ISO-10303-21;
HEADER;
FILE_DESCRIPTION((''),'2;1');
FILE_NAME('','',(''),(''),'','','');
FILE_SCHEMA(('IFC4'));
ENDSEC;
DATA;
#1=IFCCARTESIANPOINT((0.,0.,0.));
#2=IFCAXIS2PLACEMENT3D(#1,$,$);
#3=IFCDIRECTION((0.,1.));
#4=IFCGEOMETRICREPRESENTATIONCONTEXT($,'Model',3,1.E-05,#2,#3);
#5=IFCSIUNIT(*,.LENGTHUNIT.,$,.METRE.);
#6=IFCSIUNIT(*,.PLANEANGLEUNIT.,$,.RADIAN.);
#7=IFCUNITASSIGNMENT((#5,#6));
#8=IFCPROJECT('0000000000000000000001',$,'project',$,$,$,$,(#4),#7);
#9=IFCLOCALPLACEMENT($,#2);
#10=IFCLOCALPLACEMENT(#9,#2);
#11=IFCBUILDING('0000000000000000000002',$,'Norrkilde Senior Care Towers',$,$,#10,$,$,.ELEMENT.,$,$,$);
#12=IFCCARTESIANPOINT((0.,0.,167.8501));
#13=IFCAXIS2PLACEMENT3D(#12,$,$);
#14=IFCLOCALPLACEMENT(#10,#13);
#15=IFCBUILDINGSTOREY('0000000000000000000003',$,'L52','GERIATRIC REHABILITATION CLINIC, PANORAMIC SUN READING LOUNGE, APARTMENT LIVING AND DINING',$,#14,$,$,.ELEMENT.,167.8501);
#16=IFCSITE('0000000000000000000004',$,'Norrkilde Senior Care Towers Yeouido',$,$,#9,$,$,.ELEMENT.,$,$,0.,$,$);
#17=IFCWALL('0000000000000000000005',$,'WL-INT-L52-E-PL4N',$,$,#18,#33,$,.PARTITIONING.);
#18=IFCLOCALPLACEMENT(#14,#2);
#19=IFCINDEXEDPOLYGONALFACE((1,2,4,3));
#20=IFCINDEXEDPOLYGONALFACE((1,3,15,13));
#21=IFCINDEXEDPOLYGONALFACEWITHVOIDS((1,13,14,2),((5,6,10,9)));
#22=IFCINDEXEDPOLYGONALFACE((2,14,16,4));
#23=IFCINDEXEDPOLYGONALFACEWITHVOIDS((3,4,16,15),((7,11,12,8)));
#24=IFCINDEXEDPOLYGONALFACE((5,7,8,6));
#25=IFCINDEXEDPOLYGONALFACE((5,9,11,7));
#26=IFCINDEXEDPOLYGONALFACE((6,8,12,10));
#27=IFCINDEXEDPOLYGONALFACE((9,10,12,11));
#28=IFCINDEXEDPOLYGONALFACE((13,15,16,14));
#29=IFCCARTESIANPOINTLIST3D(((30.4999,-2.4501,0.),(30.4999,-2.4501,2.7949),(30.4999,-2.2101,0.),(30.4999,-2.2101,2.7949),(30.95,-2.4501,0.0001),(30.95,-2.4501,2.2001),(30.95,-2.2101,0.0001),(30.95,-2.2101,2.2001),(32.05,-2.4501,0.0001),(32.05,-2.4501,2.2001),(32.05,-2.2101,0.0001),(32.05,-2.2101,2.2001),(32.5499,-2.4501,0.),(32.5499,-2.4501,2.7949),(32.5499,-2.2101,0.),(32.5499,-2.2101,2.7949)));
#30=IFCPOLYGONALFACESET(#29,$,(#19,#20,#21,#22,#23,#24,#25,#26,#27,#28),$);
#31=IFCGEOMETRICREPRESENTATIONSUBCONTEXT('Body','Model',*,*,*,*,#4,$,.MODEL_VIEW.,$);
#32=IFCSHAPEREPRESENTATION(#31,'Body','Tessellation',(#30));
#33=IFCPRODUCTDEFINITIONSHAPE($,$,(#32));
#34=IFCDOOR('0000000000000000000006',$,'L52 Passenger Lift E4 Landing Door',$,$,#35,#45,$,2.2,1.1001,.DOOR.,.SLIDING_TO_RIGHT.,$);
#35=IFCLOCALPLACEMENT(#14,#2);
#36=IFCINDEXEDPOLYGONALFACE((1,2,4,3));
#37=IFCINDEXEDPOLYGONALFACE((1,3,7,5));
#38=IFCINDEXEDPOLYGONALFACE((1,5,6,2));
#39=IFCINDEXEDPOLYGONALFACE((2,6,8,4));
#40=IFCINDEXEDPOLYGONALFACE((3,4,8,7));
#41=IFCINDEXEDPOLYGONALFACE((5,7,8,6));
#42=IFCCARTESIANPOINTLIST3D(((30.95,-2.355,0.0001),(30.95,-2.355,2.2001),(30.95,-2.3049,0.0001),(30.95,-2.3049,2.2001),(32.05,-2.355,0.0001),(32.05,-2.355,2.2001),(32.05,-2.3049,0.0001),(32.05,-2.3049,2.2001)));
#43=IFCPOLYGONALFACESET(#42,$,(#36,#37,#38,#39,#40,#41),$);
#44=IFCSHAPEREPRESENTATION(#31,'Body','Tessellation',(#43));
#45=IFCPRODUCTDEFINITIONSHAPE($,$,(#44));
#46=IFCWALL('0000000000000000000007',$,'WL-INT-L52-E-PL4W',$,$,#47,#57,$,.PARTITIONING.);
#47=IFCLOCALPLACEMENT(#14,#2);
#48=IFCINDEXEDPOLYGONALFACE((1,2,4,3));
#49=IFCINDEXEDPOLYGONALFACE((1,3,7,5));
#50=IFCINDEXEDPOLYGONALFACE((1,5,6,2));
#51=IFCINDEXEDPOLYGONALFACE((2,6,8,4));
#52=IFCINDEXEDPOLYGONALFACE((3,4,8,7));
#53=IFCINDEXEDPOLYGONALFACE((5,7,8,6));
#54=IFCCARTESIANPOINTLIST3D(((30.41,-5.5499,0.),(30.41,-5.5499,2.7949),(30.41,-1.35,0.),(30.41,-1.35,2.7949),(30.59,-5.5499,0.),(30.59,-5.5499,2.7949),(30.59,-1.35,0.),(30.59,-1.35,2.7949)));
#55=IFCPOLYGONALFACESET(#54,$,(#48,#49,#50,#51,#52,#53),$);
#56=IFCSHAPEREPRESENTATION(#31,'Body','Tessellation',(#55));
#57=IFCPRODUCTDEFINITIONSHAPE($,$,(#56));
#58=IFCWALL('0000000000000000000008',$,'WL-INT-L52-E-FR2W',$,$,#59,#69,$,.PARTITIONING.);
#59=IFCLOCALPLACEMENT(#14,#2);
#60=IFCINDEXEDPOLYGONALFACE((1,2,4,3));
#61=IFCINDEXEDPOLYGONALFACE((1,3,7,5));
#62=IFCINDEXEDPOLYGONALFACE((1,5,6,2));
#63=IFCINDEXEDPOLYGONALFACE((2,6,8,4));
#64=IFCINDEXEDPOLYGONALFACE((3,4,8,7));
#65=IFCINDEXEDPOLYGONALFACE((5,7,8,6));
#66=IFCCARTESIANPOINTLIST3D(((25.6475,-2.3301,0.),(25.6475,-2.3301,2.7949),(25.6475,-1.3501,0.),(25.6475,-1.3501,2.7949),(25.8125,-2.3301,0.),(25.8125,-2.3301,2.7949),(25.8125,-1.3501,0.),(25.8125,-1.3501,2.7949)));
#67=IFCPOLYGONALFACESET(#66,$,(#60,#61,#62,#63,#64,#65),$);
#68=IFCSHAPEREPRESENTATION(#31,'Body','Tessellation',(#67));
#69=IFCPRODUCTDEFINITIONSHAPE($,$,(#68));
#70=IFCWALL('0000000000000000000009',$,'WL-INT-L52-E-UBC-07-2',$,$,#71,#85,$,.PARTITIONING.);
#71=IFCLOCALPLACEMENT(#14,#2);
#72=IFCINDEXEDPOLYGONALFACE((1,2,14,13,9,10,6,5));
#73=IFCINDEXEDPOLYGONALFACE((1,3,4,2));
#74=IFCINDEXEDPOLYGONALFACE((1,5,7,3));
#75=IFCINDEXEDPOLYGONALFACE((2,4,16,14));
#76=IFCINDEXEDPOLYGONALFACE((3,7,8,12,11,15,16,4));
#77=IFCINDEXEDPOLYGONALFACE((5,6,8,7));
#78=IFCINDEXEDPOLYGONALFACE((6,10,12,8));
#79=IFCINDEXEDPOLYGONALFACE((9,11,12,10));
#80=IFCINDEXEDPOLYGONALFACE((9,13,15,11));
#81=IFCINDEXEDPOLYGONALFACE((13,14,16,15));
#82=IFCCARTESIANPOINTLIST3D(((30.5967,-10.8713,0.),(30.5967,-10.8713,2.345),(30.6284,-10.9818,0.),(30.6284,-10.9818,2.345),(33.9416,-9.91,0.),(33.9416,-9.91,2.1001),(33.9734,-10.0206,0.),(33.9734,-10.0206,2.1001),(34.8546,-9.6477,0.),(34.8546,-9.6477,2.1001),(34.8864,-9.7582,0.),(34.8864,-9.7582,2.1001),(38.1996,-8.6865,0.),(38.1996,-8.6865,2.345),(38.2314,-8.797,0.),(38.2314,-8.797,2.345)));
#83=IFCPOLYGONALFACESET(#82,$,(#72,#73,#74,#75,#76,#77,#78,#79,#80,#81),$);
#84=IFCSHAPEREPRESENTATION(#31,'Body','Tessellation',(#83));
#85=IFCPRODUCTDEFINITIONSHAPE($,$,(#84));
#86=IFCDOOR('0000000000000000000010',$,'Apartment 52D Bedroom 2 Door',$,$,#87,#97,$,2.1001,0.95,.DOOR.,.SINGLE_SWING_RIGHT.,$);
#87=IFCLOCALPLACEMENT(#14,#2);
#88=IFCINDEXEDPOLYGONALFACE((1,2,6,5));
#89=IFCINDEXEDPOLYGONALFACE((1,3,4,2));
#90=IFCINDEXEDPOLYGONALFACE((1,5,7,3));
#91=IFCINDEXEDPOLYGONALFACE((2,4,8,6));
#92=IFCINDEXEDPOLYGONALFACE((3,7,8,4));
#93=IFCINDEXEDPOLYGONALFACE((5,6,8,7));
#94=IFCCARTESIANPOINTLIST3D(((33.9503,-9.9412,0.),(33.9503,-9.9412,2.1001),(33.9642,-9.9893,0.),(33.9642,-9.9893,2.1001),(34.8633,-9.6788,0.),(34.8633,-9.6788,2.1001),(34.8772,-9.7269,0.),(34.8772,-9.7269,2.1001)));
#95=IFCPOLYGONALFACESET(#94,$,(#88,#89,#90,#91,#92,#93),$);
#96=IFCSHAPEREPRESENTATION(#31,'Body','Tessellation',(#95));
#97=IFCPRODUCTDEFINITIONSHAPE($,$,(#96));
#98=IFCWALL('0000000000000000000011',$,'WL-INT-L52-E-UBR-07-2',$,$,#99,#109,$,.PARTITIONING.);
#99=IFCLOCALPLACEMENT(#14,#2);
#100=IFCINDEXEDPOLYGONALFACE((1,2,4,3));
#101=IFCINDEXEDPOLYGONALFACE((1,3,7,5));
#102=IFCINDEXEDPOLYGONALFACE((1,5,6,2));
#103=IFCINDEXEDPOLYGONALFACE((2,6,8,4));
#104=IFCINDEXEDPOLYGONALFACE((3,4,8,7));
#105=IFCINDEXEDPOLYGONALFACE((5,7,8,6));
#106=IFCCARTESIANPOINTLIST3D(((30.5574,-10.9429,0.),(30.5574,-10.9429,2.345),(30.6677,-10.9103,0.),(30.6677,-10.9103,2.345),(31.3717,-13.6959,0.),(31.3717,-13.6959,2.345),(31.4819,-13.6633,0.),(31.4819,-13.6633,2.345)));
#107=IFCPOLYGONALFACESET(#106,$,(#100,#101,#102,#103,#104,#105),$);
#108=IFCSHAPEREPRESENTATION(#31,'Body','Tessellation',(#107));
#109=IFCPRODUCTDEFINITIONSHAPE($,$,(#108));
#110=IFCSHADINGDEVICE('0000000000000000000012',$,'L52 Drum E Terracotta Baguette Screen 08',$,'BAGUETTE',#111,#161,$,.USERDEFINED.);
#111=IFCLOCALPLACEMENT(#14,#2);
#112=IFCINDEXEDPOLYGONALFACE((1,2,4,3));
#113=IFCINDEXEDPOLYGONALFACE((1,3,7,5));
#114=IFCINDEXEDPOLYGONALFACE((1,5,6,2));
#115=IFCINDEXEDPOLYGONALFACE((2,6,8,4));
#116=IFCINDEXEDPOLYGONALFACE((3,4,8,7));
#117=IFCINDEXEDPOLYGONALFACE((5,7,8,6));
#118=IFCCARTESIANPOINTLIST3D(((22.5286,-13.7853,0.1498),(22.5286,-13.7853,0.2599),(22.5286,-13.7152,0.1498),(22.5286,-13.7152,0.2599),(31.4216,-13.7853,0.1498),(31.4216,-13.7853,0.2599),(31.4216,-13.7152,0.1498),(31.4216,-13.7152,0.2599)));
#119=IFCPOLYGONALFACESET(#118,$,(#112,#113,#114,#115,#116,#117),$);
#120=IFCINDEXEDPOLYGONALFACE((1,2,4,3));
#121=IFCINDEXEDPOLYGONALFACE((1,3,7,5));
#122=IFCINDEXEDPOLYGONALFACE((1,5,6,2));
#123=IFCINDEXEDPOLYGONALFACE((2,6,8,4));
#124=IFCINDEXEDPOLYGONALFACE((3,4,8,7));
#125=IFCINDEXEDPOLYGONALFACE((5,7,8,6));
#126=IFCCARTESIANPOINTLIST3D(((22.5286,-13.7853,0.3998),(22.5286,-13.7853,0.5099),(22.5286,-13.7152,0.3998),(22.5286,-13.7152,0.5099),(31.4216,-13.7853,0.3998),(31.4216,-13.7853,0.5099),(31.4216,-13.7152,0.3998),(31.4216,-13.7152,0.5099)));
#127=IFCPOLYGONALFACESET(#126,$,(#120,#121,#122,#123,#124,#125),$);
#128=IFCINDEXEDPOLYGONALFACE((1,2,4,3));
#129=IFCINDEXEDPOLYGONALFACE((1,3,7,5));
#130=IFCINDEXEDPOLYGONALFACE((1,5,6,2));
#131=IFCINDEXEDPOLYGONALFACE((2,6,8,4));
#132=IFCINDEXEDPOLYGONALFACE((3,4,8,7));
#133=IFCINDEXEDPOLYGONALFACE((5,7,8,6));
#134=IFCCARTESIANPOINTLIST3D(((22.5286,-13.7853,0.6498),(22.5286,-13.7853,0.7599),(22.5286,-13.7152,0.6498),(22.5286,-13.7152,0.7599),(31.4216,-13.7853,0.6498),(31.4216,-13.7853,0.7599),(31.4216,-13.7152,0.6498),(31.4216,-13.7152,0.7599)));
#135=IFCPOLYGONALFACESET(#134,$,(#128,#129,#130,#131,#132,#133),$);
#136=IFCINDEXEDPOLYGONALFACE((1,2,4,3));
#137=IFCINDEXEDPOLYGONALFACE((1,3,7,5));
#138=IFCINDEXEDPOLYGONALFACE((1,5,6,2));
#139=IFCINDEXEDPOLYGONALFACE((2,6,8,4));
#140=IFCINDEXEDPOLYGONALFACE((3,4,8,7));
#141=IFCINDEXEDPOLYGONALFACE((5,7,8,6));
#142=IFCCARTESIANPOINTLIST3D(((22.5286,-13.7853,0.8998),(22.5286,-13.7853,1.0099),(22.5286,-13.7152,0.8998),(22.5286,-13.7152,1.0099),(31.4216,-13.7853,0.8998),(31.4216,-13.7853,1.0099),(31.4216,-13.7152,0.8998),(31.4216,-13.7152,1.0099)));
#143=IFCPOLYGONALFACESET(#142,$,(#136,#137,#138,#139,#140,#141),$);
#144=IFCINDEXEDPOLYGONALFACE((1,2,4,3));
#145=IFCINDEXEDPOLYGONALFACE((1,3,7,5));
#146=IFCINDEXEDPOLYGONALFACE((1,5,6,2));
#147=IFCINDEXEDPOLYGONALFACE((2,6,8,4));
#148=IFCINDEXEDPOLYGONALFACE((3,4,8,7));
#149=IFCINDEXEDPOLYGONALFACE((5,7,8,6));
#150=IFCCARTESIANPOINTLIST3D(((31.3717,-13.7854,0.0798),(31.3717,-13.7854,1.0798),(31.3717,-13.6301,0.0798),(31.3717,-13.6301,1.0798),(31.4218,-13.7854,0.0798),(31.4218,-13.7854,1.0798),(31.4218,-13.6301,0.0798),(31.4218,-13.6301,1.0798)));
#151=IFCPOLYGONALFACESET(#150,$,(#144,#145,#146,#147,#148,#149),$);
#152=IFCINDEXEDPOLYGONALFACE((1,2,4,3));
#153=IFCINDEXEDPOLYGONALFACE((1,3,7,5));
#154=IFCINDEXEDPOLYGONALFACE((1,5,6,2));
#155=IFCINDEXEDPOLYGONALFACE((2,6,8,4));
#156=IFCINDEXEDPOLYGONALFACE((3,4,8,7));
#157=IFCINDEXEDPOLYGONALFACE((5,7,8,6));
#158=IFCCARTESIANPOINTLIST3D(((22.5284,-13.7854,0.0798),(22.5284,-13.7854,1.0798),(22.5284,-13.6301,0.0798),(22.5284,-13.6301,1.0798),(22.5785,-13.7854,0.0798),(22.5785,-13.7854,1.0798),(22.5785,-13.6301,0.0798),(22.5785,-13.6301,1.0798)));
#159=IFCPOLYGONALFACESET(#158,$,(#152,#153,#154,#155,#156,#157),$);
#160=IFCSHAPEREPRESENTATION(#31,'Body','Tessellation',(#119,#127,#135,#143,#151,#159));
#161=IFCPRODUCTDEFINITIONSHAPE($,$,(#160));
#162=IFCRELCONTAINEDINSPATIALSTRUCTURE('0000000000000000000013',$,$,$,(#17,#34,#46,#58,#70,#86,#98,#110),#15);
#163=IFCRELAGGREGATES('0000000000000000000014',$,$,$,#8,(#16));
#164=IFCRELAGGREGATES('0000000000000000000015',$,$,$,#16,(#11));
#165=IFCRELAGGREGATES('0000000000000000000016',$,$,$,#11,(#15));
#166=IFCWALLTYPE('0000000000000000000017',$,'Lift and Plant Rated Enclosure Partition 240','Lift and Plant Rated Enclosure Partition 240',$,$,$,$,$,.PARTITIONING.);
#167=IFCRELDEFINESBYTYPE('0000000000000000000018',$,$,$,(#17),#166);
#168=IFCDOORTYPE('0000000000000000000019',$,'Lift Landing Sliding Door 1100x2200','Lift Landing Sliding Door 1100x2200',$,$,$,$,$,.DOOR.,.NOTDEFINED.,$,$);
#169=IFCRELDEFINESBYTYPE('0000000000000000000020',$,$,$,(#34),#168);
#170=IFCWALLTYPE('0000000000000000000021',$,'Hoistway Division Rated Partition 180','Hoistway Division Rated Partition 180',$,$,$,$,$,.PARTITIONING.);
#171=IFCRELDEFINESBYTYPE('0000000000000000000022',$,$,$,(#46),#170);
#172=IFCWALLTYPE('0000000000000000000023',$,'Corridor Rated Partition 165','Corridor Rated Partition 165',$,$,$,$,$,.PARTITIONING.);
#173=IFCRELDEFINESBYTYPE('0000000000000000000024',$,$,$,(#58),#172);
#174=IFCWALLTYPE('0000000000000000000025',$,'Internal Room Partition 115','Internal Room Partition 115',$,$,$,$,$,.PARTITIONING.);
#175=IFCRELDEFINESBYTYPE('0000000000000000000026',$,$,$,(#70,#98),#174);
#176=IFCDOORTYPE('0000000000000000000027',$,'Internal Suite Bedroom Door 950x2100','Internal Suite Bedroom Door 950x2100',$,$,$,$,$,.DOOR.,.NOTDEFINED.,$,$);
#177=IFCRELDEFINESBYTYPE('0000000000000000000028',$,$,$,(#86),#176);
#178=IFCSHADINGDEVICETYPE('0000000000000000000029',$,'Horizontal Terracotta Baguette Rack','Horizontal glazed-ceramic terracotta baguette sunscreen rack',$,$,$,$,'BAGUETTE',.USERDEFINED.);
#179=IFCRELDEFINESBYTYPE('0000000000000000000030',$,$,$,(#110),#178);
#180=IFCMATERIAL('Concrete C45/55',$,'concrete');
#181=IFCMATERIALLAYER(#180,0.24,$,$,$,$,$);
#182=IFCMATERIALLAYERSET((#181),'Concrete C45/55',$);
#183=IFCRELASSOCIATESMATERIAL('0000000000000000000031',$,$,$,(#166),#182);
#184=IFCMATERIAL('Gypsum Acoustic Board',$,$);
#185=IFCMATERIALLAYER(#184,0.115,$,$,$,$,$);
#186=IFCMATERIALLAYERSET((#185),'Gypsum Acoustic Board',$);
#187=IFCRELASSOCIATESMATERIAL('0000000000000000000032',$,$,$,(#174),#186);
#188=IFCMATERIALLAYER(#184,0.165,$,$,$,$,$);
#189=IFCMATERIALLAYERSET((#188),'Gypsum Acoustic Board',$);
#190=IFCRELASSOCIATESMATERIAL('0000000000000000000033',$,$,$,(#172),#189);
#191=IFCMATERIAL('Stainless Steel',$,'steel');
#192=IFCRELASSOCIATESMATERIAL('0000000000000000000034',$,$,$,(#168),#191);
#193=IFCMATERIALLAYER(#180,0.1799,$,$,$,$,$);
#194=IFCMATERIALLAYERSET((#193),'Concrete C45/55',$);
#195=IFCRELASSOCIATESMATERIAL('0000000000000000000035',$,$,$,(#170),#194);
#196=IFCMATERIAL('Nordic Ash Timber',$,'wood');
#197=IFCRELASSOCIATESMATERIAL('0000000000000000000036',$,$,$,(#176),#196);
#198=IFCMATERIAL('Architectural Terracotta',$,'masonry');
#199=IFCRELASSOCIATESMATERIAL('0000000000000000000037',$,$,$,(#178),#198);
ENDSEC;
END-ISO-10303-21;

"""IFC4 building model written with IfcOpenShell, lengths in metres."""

from ifc_helpers import new_model, si_unit, direction, frame, frame_2d, origin, origin_2d, place, context, subcontext, project, spatial, rectangle, extrude, source, transform, mapped, material, layer, layer_set, type_object, type_shapes, element, fill, save


model = new_model("IFC4")

# Units and contexts
model_context = context("Model", 3, precision=1e-05, world=origin(), true_north=direction((0.0, 1.0)))
body_context = subcontext(model_context, "Body", "Model", "MODEL_VIEW")
ifc_project = project(units=[si_unit("LENGTHUNIT", "METRE"), si_unit("PLANEANGLEUNIT", "RADIAN")], contexts=[model_context])

# Site, building, storey
site_placement = place(None, origin())
site = spatial("IfcSite", under=ifc_project, at=site_placement, Name="Norrkilde Senior Care Towers Yeouido", CompositionType="ELEMENT", RefElevation=0.0)
building_placement = place(site_placement, origin())
building = spatial("IfcBuilding", under=site, at=building_placement, Name="Norrkilde Senior Care Towers", CompositionType="ELEMENT")
storey_placement = place(building_placement, frame((0.0, 0.0, 167.8501)))
storey = spatial("IfcBuildingStorey", under=building, at=storey_placement, Name="L52", Description="GERIATRIC REHABILITATION CLINIC, PANORAMIC SUN READING LOUNGE, APARTMENT LIVING AND DINING", CompositionType="ELEMENT", Elevation=167.8501)

# Shared definitions
ifc_material_1 = material(Name="Concrete C45/55", Category="concrete")
ifc_layer_1 = layer(ifc_material_1, 0.24)
ifc_layer_set_1 = layer_set([ifc_layer_1], Name="Concrete C45/55")
wall_type_1 = type_object("IfcWallType", Name="Lift and Plant Rated Enclosure Partition 240", Description="Lift and Plant Rated Enclosure Partition 240", PredefinedType="PARTITIONING", material=ifc_layer_set_1)
ifc_material_2 = material(Name="Stainless Steel", Category="steel")

# Shared definitions
ifc_material_3 = material(Name="Gypsum Acoustic Board")
ifc_layer_2 = layer(ifc_material_3, 0.115)
ifc_layer_set_2 = layer_set([ifc_layer_2], Name="Gypsum Acoustic Board")
wall_type_2 = type_object("IfcWallType", Name="Internal Room Partition 115", Description="Internal Room Partition 115", PredefinedType="PARTITIONING", material=ifc_layer_set_2)

# Shared definitions
ifc_layer_3 = layer(ifc_material_3, 0.165)
ifc_layer_set_3 = layer_set([ifc_layer_3], Name="Gypsum Acoustic Board")
wall_type_3 = type_object("IfcWallType", Name="Corridor Rated Partition 165", Description="Corridor Rated Partition 165", PredefinedType="PARTITIONING", material=ifc_layer_set_3)

# Wall, opening, door
shared_shape_1 = source(origin(), body_context, "Body", "SweptSolid", [
    extrude(rectangle(XDim=2.05, YDim=0.24, at=frame_2d((1.0249, 0.0))), origin(), (0.0, 0.0, 1.0), 2.7949),
])
wall_1_placement = place(storey_placement, frame((30.5, -2.3301, 0.0), z_axis=(0.0, 0.0, 1.0), x_axis=(1.0, 0.0, 0.0)))
wall_1 = element("IfcWall", 1, at=wall_1_placement, inside=storey, type_object=wall_type_1, Name="WL-INT-L52-E-PL4N", PredefinedType="PARTITIONING", context=body_context, shape_type="MappedRepresentation", body=[
    mapped(shared_shape_1, transform((0.0, 0.0, 0.0), x_axis=(1.0, 0.0, 0.0), y_axis=(0.0, 1.0, 0.0), z_axis=(0.0, 0.0, 1.0), scale=1.0)),
])
opening_1_placement = place(wall_1_placement, frame((0.45, 0.0, 0.0)))
opening_1 = element("IfcOpeningElement", 2, at=opening_1_placement, cuts=wall_1, PredefinedType="OPENING", context=body_context, shape_type="SweptSolid", body=[
    extrude(rectangle(XDim=1.1001, YDim=2.2, at=frame_2d((0.55, 1.1001))), frame((0.0, 0.1299, 0.0), z_axis=(0.0, -1.0, 0.0), x_axis=(1.0, 0.0, 0.0)), (0.0, 0.0, 1.0), 0.26),
])
door_type_1 = type_object("IfcDoorType", Name="Lift Landing Sliding Door 1100x2200", Description="Lift Landing Sliding Door 1100x2200", OperationType="NOTDEFINED", PredefinedType="DOOR", material=ifc_material_2)
shared_shape_2 = source(origin(), body_context, "Body", "SweptSolid", [
    extrude(rectangle(XDim=1.1001, YDim=2.2, at=frame_2d((0.55, 1.1001))), frame((0.0, 0.0249, 0.0), z_axis=(0.0, -1.0, 0.0), x_axis=(1.0, 0.0, 0.0)), (0.0, 0.0, 1.0), 0.05),
])
type_shapes(door_type_1, [shared_shape_2])
door_1_placement = place(opening_1_placement, frame((1.1001, 0.0, 0.0), z_axis=(0.0, 0.0, 1.0), x_axis=(-1.0, 0.0, 0.0)))
door_1 = element("IfcDoor", 3, at=door_1_placement, inside=storey, type_object=door_type_1, Name="L52 Passenger Lift E4 Landing Door", OperationType="SLIDING_TO_RIGHT", OverallHeight=2.2, OverallWidth=1.1001, PredefinedType="DOOR", context=body_context, shape_type="MappedRepresentation", body=[
    mapped(shared_shape_2, transform((0.0, 0.0, 0.0), x_axis=(1.0, 0.0, 0.0), y_axis=(0.0, 1.0, 0.0), z_axis=(0.0, 0.0, 1.0), scale=1.0)),
])
fill(opening_1, door_1)

# Walls
ifc_layer_4 = layer(ifc_material_1, 0.1799)
ifc_layer_set_4 = layer_set([ifc_layer_4], Name="Concrete C45/55")
wall_type_4 = type_object("IfcWallType", Name="Hoistway Division Rated Partition 180", Description="Hoistway Division Rated Partition 180", PredefinedType="PARTITIONING", material=ifc_layer_set_4)
shared_shape_3 = source(origin(), body_context, "Body", "SweptSolid", [
    extrude(rectangle(XDim=4.2, YDim=0.1799, at=frame_2d((2.1001, 0.0))), origin(), (0.0, 0.0, 1.0), 2.7949),
])
type_shapes(wall_type_4, [shared_shape_3])
wall_2_placement = place(storey_placement, frame((30.5, -5.55, 0.0), z_axis=(0.0, 0.0, 1.0), x_axis=(0.0, 1.0, 0.0)))
element("IfcWall", 4, at=wall_2_placement, inside=storey, type_object=wall_type_4, Name="WL-INT-L52-E-PL4W", PredefinedType="PARTITIONING", context=body_context, shape_type="MappedRepresentation", body=[
    mapped(shared_shape_3, transform((0.0, 0.0, 0.0), x_axis=(1.0, 0.0, 0.0), y_axis=(0.0, 1.0, 0.0), z_axis=(0.0, 0.0, 1.0), scale=1.0)),
])
shared_shape_4 = source(origin(), body_context, "Body", "SweptSolid", [
    extrude(rectangle(XDim=0.98, YDim=0.165, at=frame_2d((0.49, 0.0))), origin(), (0.0, 0.0, 1.0), 2.7949),
])
wall_3_placement = place(storey_placement, frame((25.73, -2.3301, 0.0), z_axis=(0.0, 0.0, 1.0), x_axis=(0.0, 1.0, 0.0)))
element("IfcWall", 5, at=wall_3_placement, inside=storey, type_object=wall_type_3, Name="WL-INT-L52-E-FR2W", PredefinedType="PARTITIONING", context=body_context, shape_type="MappedRepresentation", body=[
    mapped(shared_shape_4, transform((0.0, 0.0, 0.0), x_axis=(1.0, 0.0, 0.0), y_axis=(0.0, 1.0, 0.0), z_axis=(0.0, 0.0, 1.0), scale=1.0)),
])

# Wall, opening, door
shared_shape_5 = source(origin(), body_context, "Body", "SweptSolid", [
    extrude(rectangle(XDim=7.9106, YDim=0.115, at=frame_2d((3.9553, 0.0))), origin(), (0.0, 0.0, 1.0), 2.345),
])
wall_4_placement = place(storey_placement, frame((30.6125, -10.9265, 0.0), z_axis=(0.0, 0.0, 1.0), x_axis=(0.961105, 0.276184, 0.0)))
wall_4 = element("IfcWall", 6, at=wall_4_placement, inside=storey, type_object=wall_type_2, Name="WL-INT-L52-E-UBC-07-2", PredefinedType="PARTITIONING", context=body_context, shape_type="MappedRepresentation", body=[
    mapped(shared_shape_5, transform((0.0, 0.0, 0.0), x_axis=(1.0, 0.0, 0.0), y_axis=(0.0, 1.0, 0.0), z_axis=(0.0, 0.0, 1.0), scale=1.0)),
])
opening_2_placement = place(wall_4_placement, frame((3.4802, 0.0, 0.0)))
opening_2 = element("IfcOpeningElement", 7, at=opening_2_placement, cuts=wall_4, PredefinedType="OPENING", context=body_context, shape_type="SweptSolid", body=[
    extrude(rectangle(XDim=0.95, YDim=2.1001, at=frame_2d((0.4751, 1.05))), frame((0.0, 0.0674, 0.0), z_axis=(0.0, -1.0, 0.0), x_axis=(1.0, 0.0, 0.0)), (0.0, 0.0, 1.0), 0.135),
])
ifc_material_4 = material(Name="Nordic Ash Timber", Category="wood")
door_type_2 = type_object("IfcDoorType", Name="Internal Suite Bedroom Door 950x2100", Description="Internal Suite Bedroom Door 950x2100", OperationType="NOTDEFINED", PredefinedType="DOOR", material=ifc_material_4)
shared_shape_6 = source(origin(), body_context, "Body", "SweptSolid", [
    extrude(rectangle(XDim=0.95, YDim=2.1001, at=frame_2d((0.4751, 1.05))), frame((0.0, 0.0249, 0.0), z_axis=(0.0, -1.0, 0.0), x_axis=(1.0, 0.0, 0.0)), (0.0, 0.0, 1.0), 0.05),
])
type_shapes(door_type_2, [shared_shape_6])
door_2_placement = place(opening_2_placement, frame((0.95, 0.0, 0.0), z_axis=(0.0, 0.0, 1.0), x_axis=(-1.0, 0.0, 0.0)))
door_2 = element("IfcDoor", 8, at=door_2_placement, inside=storey, type_object=door_type_2, Name="Apartment 52D Bedroom 2 Door", OperationType="SINGLE_SWING_RIGHT", OverallHeight=2.1001, OverallWidth=0.95, PredefinedType="DOOR", context=body_context, shape_type="MappedRepresentation", body=[
    mapped(shared_shape_6, transform((0.0, 0.0, 0.0), x_axis=(1.0, 0.0, 0.0), y_axis=(0.0, 1.0, 0.0), z_axis=(0.0, 0.0, 1.0), scale=1.0)),
])
fill(opening_2, door_2)

# Wall
shared_shape_7 = source(origin(), body_context, "Body", "SweptSolid", [
    extrude(rectangle(XDim=2.8708, YDim=0.115, at=frame_2d((1.4355, 0.0))), origin(), (0.0, 0.0, 1.0), 2.345),
])
wall_5_placement = place(storey_placement, frame((30.6125, -10.9265, 0.0), z_axis=(0.0, 0.0, 1.0), x_axis=(0.283616, -0.958938, 0.0)))
element("IfcWall", 9, at=wall_5_placement, inside=storey, type_object=wall_type_2, Name="WL-INT-L52-E-UBR-07-2", PredefinedType="PARTITIONING", context=body_context, shape_type="MappedRepresentation", body=[
    mapped(shared_shape_7, transform((0.0, 0.0, 0.0), x_axis=(1.0, 0.0, 0.0), y_axis=(0.0, 1.0, 0.0), z_axis=(0.0, 0.0, 1.0), scale=1.0)),
])

# Shading device
ifc_material_5 = material(Name="Architectural Terracotta", Category="masonry")
shading_device_type = type_object("IfcShadingDeviceType", Name="Horizontal Terracotta Baguette Rack", Description="Horizontal glazed-ceramic terracotta baguette sunscreen rack", ElementType="BAGUETTE", PredefinedType="USERDEFINED", material=ifc_material_5)
shared_shape_8 = source(origin(), body_context, "Body", "SweptSolid", [
    extrude(rectangle(XDim=0.0701, YDim=0.1101, at=origin_2d()), frame((0.0, 0.0901, 0.125), z_axis=(1.0, 0.0, 0.0), x_axis=(0.0, 1.0, 0.0)), (0.0, 0.0, 1.0), 8.8931),
    extrude(rectangle(XDim=0.0701, YDim=0.1101, at=origin_2d()), frame((0.0, 0.0901, 0.375), z_axis=(1.0, 0.0, 0.0), x_axis=(0.0, 1.0, 0.0)), (0.0, 0.0, 1.0), 8.8931),
    extrude(rectangle(XDim=0.0701, YDim=0.1101, at=origin_2d()), frame((0.0, 0.0901, 0.625), z_axis=(1.0, 0.0, 0.0), x_axis=(0.0, 1.0, 0.0)), (0.0, 0.0, 1.0), 8.8931),
    extrude(rectangle(XDim=0.0701, YDim=0.1101, at=origin_2d()), frame((0.0, 0.0901, 0.875), z_axis=(1.0, 0.0, 0.0), x_axis=(0.0, 1.0, 0.0)), (0.0, 0.0, 1.0), 8.8931),
    extrude(rectangle(XDim=0.05, YDim=0.1553, at=origin_2d()), frame((0.0249, 0.0476, 0.0)), (0.0, 0.0, 1.0), 1.0),
    extrude(rectangle(XDim=0.05, YDim=0.1553, at=origin_2d()), frame((8.8682, 0.0476, 0.0)), (0.0, 0.0, 1.0), 1.0),
])
type_shapes(shading_device_type, [shared_shape_8])
shading_device_placement = place(storey_placement, frame((31.4216, -13.6602, 0.0798), z_axis=(0.0, 0.0, 1.0), x_axis=(-1.0, 0.0, 0.0)))
element("IfcShadingDevice", 10, at=shading_device_placement, inside=storey, type_object=shading_device_type, Name="L52 Drum E Terracotta Baguette Screen 08", ObjectType="BAGUETTE", PredefinedType="USERDEFINED", context=body_context, shape_type="MappedRepresentation", body=[
    mapped(shared_shape_8, transform((0.0, 0.0, 0.0), x_axis=(1.0, 0.0, 0.0), y_axis=(0.0, 1.0, 0.0), z_axis=(0.0, 0.0, 1.0), scale=1.0)),
])

save(model, "model.ifc")
